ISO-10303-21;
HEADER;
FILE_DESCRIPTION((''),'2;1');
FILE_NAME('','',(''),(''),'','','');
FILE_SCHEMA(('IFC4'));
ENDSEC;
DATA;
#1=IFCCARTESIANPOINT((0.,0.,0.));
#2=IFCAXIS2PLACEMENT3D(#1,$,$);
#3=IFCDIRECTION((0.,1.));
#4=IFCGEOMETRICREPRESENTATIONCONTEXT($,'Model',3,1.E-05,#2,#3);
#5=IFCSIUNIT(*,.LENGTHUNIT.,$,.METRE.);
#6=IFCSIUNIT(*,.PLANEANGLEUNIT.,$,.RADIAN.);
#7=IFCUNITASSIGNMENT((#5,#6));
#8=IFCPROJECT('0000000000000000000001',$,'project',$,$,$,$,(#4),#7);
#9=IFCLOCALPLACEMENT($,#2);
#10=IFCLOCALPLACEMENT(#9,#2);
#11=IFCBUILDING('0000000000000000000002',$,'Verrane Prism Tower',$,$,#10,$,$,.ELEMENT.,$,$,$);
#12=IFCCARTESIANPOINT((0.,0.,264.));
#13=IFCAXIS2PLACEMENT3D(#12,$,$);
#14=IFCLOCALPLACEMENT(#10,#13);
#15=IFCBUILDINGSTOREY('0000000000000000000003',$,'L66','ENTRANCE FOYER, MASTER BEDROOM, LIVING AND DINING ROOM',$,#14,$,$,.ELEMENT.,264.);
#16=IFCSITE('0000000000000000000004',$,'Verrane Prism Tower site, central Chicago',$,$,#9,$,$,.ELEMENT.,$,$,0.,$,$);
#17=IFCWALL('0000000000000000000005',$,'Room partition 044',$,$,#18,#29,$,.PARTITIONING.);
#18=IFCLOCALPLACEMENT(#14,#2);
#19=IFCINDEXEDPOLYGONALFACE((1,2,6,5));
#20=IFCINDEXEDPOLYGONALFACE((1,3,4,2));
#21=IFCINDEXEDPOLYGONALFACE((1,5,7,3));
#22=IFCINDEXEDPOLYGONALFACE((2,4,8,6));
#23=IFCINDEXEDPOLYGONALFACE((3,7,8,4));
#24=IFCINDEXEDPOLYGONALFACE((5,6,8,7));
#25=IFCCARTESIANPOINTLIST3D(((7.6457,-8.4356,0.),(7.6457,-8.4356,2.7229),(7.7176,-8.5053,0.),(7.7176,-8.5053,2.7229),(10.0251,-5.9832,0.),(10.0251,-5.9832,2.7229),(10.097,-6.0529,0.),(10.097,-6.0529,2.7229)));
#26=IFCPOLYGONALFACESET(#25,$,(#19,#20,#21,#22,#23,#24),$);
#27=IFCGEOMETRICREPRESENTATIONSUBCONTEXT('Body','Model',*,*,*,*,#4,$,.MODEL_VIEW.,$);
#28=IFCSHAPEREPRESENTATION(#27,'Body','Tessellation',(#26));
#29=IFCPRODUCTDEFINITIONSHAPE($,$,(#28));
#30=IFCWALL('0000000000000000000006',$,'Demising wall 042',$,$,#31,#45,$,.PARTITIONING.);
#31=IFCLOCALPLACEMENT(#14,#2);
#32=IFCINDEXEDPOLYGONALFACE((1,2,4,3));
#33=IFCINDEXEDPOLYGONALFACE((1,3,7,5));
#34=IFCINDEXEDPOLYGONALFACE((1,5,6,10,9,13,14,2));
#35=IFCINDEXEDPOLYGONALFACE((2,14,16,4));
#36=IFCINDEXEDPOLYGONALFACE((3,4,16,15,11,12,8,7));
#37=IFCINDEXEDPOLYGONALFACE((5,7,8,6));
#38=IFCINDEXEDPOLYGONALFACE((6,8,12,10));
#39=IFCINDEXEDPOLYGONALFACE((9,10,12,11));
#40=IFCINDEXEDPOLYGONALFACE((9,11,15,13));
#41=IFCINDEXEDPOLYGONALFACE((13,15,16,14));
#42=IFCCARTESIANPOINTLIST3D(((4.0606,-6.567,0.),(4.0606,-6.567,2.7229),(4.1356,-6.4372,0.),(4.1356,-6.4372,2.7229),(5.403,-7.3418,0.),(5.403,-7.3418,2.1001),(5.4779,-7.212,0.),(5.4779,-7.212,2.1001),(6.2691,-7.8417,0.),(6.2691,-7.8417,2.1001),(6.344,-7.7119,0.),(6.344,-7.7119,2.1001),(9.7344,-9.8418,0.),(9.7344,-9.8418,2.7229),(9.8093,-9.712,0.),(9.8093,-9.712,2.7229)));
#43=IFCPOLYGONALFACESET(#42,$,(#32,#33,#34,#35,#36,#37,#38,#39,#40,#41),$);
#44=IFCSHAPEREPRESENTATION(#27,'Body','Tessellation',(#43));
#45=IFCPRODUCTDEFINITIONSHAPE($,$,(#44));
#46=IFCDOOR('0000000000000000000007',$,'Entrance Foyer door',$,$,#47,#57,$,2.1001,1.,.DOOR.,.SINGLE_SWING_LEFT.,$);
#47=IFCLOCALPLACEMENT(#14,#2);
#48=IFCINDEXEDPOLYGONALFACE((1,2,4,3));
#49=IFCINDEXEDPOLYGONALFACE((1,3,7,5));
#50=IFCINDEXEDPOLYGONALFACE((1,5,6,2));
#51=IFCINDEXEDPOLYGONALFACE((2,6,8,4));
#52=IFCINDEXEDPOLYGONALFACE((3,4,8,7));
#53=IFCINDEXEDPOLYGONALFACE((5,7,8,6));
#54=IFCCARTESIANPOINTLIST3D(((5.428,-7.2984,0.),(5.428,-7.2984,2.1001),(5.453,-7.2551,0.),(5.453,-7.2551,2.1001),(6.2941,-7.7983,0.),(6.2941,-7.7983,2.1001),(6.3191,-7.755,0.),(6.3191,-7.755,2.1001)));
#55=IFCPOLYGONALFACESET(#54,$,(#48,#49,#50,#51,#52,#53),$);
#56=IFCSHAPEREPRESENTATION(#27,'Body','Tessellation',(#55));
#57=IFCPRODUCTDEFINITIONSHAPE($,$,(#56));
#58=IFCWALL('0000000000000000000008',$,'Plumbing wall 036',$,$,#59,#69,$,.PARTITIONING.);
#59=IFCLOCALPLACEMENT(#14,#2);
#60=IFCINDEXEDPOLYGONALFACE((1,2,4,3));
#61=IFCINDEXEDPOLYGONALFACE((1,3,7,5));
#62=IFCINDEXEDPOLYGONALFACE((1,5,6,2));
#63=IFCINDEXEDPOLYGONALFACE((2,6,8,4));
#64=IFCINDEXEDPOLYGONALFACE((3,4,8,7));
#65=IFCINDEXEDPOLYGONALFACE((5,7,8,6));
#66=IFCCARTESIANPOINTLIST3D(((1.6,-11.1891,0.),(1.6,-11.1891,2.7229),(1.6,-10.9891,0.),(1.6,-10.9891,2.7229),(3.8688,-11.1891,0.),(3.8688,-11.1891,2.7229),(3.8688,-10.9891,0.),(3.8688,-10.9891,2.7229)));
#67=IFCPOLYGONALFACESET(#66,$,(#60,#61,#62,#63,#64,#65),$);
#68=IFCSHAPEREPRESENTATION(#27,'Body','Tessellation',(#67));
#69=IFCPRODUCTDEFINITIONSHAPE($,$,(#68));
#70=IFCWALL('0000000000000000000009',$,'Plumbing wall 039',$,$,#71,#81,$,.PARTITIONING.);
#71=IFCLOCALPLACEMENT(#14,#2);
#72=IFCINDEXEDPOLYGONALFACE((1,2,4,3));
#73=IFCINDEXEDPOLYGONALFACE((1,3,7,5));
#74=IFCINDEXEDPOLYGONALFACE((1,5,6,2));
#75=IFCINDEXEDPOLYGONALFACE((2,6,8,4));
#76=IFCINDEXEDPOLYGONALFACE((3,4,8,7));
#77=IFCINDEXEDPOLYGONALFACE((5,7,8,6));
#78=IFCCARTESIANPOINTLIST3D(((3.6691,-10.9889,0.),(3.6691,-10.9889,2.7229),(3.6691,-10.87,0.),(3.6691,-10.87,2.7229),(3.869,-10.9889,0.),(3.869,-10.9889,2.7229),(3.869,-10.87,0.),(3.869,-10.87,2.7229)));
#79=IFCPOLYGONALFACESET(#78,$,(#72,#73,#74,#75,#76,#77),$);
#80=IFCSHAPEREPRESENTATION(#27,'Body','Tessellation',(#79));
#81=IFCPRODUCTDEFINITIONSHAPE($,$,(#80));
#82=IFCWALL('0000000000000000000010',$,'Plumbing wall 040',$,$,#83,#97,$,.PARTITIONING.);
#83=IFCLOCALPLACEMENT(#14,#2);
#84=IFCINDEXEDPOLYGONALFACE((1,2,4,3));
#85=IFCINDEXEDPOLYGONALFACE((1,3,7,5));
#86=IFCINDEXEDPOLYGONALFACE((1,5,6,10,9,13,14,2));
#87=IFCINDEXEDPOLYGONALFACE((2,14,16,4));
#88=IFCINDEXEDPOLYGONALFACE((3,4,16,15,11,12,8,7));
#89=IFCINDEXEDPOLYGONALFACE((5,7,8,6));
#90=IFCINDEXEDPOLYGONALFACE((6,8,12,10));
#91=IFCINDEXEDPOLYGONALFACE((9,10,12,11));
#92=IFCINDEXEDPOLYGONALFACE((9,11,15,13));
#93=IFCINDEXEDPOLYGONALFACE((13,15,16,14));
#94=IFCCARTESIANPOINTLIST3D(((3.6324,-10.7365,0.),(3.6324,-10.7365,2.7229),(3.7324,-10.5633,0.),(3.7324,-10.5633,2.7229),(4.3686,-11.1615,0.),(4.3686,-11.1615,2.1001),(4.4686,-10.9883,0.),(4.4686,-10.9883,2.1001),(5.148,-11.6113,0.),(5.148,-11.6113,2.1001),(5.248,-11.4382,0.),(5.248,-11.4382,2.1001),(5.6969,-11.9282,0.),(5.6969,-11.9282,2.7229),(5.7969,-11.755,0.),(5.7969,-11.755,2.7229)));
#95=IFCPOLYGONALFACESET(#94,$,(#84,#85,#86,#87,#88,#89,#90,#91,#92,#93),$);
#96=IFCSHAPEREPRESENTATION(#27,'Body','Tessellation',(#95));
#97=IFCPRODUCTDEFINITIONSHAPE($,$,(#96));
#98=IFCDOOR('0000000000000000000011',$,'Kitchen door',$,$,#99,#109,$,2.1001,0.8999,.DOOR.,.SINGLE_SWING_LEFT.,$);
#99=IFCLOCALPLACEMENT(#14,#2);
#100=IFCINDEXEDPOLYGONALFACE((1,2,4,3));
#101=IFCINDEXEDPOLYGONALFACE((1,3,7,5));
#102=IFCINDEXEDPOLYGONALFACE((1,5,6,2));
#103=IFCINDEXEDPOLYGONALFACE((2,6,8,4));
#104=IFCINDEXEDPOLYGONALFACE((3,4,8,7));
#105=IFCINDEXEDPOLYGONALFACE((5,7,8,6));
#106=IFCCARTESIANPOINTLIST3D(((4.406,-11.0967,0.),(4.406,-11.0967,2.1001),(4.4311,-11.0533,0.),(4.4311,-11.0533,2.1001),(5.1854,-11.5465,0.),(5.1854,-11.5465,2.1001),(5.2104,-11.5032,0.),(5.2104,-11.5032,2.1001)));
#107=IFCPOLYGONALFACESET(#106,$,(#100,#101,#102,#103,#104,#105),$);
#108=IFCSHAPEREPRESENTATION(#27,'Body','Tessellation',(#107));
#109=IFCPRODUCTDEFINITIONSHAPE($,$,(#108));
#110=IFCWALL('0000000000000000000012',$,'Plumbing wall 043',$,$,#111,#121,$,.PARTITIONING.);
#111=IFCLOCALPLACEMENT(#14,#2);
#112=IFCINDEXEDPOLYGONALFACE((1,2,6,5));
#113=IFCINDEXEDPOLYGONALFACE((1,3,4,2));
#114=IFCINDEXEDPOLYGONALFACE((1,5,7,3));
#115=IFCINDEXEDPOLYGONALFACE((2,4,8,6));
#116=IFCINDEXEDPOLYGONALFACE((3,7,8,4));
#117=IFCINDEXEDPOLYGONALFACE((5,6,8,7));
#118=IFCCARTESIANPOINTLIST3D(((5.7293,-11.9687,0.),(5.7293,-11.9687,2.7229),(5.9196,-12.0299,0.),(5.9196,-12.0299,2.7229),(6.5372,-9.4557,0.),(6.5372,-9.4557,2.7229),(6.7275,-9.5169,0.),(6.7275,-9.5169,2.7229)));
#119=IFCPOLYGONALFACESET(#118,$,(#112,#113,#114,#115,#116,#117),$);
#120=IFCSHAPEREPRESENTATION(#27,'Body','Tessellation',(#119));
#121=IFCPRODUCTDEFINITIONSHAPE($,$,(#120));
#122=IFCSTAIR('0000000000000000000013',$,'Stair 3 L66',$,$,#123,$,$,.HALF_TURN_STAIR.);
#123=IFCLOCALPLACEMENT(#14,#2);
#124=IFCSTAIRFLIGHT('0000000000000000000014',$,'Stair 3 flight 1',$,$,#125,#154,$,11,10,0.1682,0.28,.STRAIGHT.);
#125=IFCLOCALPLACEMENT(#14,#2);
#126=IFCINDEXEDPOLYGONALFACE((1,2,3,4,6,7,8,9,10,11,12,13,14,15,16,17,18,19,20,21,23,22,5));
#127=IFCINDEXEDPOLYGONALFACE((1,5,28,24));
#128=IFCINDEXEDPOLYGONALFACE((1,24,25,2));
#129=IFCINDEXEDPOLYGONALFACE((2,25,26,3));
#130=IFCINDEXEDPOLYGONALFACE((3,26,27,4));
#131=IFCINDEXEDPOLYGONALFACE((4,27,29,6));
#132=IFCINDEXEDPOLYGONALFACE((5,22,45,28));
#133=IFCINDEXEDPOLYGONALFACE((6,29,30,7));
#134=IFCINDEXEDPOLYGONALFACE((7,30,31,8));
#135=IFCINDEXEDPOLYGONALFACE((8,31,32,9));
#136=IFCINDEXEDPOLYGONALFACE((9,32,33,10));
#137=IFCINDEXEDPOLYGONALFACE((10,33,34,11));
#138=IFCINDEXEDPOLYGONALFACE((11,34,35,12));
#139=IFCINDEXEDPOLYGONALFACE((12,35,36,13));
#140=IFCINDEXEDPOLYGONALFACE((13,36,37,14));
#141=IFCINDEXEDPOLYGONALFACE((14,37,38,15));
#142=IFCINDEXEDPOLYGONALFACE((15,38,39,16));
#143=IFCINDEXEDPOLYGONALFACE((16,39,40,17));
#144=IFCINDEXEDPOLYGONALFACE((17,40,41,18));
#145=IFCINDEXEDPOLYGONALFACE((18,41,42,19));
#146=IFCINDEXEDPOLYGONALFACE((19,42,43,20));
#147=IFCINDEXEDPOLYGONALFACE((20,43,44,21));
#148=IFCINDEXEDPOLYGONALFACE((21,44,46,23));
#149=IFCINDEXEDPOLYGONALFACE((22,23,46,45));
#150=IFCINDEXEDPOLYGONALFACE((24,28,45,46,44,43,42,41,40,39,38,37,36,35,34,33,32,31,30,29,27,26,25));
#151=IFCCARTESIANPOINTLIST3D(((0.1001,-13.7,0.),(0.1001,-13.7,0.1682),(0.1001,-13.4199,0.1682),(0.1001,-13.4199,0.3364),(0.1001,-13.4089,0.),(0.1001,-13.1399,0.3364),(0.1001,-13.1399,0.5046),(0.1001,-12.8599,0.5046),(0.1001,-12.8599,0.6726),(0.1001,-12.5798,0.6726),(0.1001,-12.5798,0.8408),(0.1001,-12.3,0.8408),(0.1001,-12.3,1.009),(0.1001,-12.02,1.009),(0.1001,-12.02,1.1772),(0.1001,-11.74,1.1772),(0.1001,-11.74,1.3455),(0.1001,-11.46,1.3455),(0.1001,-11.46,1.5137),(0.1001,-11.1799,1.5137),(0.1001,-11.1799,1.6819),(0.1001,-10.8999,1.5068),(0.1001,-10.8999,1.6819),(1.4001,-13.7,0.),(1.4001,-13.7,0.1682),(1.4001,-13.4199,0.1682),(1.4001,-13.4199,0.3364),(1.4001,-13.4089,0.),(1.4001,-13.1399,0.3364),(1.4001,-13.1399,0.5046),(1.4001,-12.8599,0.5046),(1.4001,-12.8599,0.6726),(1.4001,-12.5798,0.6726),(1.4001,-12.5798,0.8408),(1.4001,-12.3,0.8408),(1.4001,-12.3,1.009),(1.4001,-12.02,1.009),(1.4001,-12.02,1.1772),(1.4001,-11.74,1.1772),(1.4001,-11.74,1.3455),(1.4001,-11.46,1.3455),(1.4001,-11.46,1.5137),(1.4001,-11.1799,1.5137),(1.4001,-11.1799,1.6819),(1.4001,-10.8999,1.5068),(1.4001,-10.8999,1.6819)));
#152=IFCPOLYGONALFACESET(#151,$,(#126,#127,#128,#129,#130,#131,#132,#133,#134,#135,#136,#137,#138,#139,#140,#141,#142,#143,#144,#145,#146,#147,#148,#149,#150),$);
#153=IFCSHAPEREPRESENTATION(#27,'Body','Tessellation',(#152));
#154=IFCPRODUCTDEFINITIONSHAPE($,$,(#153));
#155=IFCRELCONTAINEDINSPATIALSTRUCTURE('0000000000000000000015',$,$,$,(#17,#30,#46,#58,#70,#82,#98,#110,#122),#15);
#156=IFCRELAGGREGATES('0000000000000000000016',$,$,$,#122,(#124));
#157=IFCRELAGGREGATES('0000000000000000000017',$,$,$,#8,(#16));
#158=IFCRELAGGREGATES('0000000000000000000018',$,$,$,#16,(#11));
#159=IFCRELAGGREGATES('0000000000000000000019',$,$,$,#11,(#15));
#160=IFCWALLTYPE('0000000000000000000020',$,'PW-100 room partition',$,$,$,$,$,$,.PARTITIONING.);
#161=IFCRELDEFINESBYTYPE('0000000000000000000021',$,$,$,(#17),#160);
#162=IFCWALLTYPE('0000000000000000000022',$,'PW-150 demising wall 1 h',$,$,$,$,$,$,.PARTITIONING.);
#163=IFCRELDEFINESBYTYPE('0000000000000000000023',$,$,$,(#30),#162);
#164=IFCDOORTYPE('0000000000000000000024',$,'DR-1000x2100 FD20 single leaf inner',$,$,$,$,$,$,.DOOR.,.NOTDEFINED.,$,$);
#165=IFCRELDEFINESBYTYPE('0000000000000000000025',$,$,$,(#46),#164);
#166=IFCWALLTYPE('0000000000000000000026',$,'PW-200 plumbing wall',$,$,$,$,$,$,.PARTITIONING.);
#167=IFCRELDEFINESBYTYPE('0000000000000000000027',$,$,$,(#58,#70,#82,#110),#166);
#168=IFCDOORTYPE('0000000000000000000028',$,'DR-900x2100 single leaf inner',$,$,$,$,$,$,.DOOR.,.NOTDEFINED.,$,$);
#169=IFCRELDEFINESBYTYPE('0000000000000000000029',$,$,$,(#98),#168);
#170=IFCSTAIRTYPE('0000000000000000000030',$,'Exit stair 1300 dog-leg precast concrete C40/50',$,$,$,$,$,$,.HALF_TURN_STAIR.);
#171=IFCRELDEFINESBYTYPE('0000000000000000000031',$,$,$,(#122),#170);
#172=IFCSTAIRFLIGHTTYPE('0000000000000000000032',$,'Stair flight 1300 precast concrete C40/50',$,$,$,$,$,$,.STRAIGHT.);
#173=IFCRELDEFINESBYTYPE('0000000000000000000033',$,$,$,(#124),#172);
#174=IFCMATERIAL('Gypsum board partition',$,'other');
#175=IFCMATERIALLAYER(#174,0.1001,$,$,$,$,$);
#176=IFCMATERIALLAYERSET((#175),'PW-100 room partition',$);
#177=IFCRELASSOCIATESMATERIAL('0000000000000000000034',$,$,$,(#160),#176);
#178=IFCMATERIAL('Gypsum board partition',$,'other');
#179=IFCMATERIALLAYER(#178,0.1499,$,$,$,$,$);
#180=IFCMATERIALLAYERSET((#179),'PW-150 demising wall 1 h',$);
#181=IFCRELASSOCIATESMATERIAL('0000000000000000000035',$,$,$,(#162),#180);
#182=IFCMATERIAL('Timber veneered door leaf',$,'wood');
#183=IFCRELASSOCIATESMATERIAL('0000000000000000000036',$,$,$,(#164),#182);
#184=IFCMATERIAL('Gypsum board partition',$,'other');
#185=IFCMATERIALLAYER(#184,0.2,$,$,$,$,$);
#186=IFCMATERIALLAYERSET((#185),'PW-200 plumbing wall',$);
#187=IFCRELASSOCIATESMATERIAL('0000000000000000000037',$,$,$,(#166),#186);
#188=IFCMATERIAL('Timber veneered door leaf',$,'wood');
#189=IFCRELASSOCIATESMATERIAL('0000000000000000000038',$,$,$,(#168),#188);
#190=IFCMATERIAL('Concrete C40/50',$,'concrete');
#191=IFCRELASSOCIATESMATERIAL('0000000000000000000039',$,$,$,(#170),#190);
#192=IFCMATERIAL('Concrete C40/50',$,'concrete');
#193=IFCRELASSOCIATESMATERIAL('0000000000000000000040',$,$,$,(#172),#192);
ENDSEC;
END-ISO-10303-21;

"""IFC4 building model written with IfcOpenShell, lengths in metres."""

from ifc_helpers import new_model, si_unit, direction, frame, frame_2d, origin, place, context, subcontext, project, spatial, polyline, rectangle, outline, extrude, material, layer, layer_set, type_object, element, fill, aggregate, save


model = new_model("IFC4")

# Units and contexts
model_context = context("Model", 3, precision=1e-05, world=origin(), true_north=direction((0.0, 1.0)))
body_context = subcontext(model_context, "Body", "Model", "MODEL_VIEW")
ifc_project = project(units=[si_unit("LENGTHUNIT", "METRE"), si_unit("PLANEANGLEUNIT", "RADIAN")], contexts=[model_context])

# Site, building, storey
site_placement = place(None, origin())
site = spatial("IfcSite", under=ifc_project, at=site_placement, Name="Verrane Prism Tower site, central Chicago", CompositionType="ELEMENT", RefElevation=0.0)
building_placement = place(site_placement, origin())
building = spatial("IfcBuilding", under=site, at=building_placement, Name="Verrane Prism Tower", CompositionType="ELEMENT")
storey_placement = place(building_placement, frame((0.0, 0.0, 264.0)))
storey = spatial("IfcBuildingStorey", under=building, at=storey_placement, Name="L66", Description="ENTRANCE FOYER, MASTER BEDROOM, LIVING AND DINING ROOM", CompositionType="ELEMENT", Elevation=264.0)

# Wall
ifc_material_1 = material(Name="Gypsum board partition", Category="other")
ifc_layer_1 = layer(ifc_material_1, 0.1001)
ifc_layer_set_1 = layer_set([ifc_layer_1], Name="PW-100 room partition")
wall_type_1 = type_object("IfcWallType", Name="PW-100 room partition", PredefinedType="PARTITIONING", material=ifc_layer_set_1)
wall_1_placement = place(storey_placement, frame((7.6816, -8.4705, 0.0), z_axis=(0.0, 0.0, 1.0), x_axis=(0.696344, 0.717708, 0.0)))
element("IfcWall", 1, at=wall_1_placement, inside=storey, type_object=wall_type_1, Name="Room partition 044", PredefinedType="PARTITIONING", context=body_context, shape_type="SweptSolid", body=[
    extrude(rectangle(XDim=3.417, YDim=0.1001, at=frame_2d((1.7085, 0.0))), origin(), (0.0, 0.0, 1.0), 2.7229),
])

# Wall, opening, door
ifc_material_2 = material(Name="Gypsum board partition", Category="other")
ifc_layer_2 = layer(ifc_material_2, 0.1499)
ifc_layer_set_2 = layer_set([ifc_layer_2], Name="PW-150 demising wall 1 h")
wall_type_2 = type_object("IfcWallType", Name="PW-150 demising wall 1 h", PredefinedType="PARTITIONING", material=ifc_layer_set_2)
wall_2_placement = place(storey_placement, frame((9.7717, -9.7769, 0.0), z_axis=(0.0, 0.0, 1.0), x_axis=(-0.866084, 0.499899, 0.0)))
wall_2 = element("IfcWall", 2, at=wall_2_placement, inside=storey, type_object=wall_type_2, Name="Demising wall 042", PredefinedType="PARTITIONING", context=body_context, shape_type="SweptSolid", body=[
    extrude(rectangle(XDim=6.551, YDim=0.1499, at=frame_2d((3.2754, 0.0))), origin(), (0.0, 0.0, 1.0), 2.7229),
])
opening_1_placement = place(wall_2_placement, frame((4.001, 0.0, 0.0)))
opening_1 = element("IfcOpeningElement", 3, at=opening_1_placement, cuts=wall_2, PredefinedType="OPENING", context=body_context, shape_type="SweptSolid", body=[
    extrude(rectangle(XDim=1.0, YDim=2.1001, at=frame_2d((0.5, 1.05))), frame((0.0, 0.085, 0.0), z_axis=(0.0, -1.0, 0.0), x_axis=(1.0, 0.0, 0.0)), (0.0, 0.0, 1.0), 0.1699),
])
ifc_material_3 = material(Name="Timber veneered door leaf", Category="wood")
door_type_1 = type_object("IfcDoorType", Name="DR-1000x2100 FD20 single leaf inner", OperationType="NOTDEFINED", PredefinedType="DOOR", material=ifc_material_3)
door_1_placement = place(opening_1_placement, origin())
door_1 = element("IfcDoor", 4, at=door_1_placement, inside=storey, type_object=door_type_1, Name="Entrance Foyer door", OperationType="SINGLE_SWING_LEFT", OverallHeight=2.1001, OverallWidth=1.0, PredefinedType="DOOR", context=body_context, shape_type="SweptSolid", body=[
    extrude(rectangle(XDim=1.0, YDim=2.1001, at=frame_2d((0.5, 1.05))), frame((0.0, 0.0249, 0.0), z_axis=(0.0, -1.0, 0.0), x_axis=(1.0, 0.0, 0.0)), (0.0, 0.0, 1.0), 0.05),
])
fill(opening_1, door_1)

# Walls
ifc_material_4 = material(Name="Gypsum board partition", Category="other")
ifc_layer_3 = layer(ifc_material_4, 0.2)
ifc_layer_set_3 = layer_set([ifc_layer_3], Name="PW-200 plumbing wall")
wall_type_3 = type_object("IfcWallType", Name="PW-200 plumbing wall", PredefinedType="PARTITIONING", material=ifc_layer_set_3)
wall_3_placement = place(storey_placement, frame((1.6001, -11.0891, 0.0), z_axis=(0.0, 0.0, 1.0), x_axis=(1.0, 0.0, 0.0)))
element("IfcWall", 5, at=wall_3_placement, inside=storey, type_object=wall_type_3, Name="Plumbing wall 036", PredefinedType="PARTITIONING", context=body_context, shape_type="SweptSolid", body=[
    extrude(rectangle(XDim=2.2688, YDim=0.2, at=frame_2d((1.1343, 0.0))), origin(), (0.0, 0.0, 1.0), 2.7229),
])
wall_4_placement = place(storey_placement, frame((3.769, -10.989, 0.0), z_axis=(0.0, 0.0, 1.0), x_axis=(0.0, 1.0, 0.0)))
element("IfcWall", 6, at=wall_4_placement, inside=storey, type_object=wall_type_3, Name="Plumbing wall 039", PredefinedType="PARTITIONING", context=body_context, shape_type="SweptSolid", body=[
    extrude(rectangle(XDim=0.1189, YDim=0.2, at=frame_2d((0.0596, 0.0))), origin(), (0.0, 0.0, 1.0), 2.7229),
])

# Wall, opening, door
wall_5_placement = place(storey_placement, frame((3.6824, -10.6499, 0.0), z_axis=(0.0, 0.0, 1.0), x_axis=(0.866073, -0.499918, 0.0)))
wall_5 = element("IfcWall", 7, at=wall_5_placement, inside=storey, type_object=wall_type_3, Name="Plumbing wall 040", PredefinedType="PARTITIONING", context=body_context, shape_type="SweptSolid", body=[
    extrude(rectangle(XDim=2.3838, YDim=0.2, at=frame_2d((1.1919, 0.0))), origin(), (0.0, 0.0, 1.0), 2.7229),
])
opening_2_placement = place(wall_5_placement, frame((0.8501, 0.0, 0.0)))
opening_2 = element("IfcOpeningElement", 8, at=opening_2_placement, cuts=wall_5, PredefinedType="OPENING", context=body_context, shape_type="SweptSolid", body=[
    extrude(rectangle(XDim=0.8999, YDim=2.1001, at=frame_2d((0.45, 1.05))), frame((0.0, 0.1099, 0.0), z_axis=(0.0, -1.0, 0.0), x_axis=(1.0, 0.0, 0.0)), (0.0, 0.0, 1.0), 0.22),
])
ifc_material_5 = material(Name="Timber veneered door leaf", Category="wood")
door_type_2 = type_object("IfcDoorType", Name="DR-900x2100 single leaf inner", OperationType="NOTDEFINED", PredefinedType="DOOR", material=ifc_material_5)
door_2_placement = place(opening_2_placement, origin())
door_2 = element("IfcDoor", 9, at=door_2_placement, inside=storey, type_object=door_type_2, Name="Kitchen door", OperationType="SINGLE_SWING_LEFT", OverallHeight=2.1001, OverallWidth=0.8999, PredefinedType="DOOR", context=body_context, shape_type="SweptSolid", body=[
    extrude(rectangle(XDim=0.8999, YDim=2.1001, at=frame_2d((0.45, 1.05))), frame((0.0, 0.0249, 0.0), z_axis=(0.0, -1.0, 0.0), x_axis=(1.0, 0.0, 0.0)), (0.0, 0.0, 1.0), 0.05),
])
fill(opening_2, door_2)

# Wall
wall_6_placement = place(storey_placement, frame((5.8245, -11.9993, 0.0), z_axis=(0.0, 0.0, 1.0), x_axis=(0.306054, 0.952014, 0.0)))
element("IfcWall", 10, at=wall_6_placement, inside=storey, type_object=wall_type_3, Name="Plumbing wall 043", PredefinedType="PARTITIONING", context=body_context, shape_type="SweptSolid", body=[
    extrude(rectangle(XDim=2.6396, YDim=0.2, at=frame_2d((1.3198, 0.0))), origin(), (0.0, 0.0, 1.0), 2.7229),
])

# Stair, stair flight
ifc_material_6 = material(Name="Concrete C40/50", Category="concrete")
stair_type = type_object("IfcStairType", Name="Exit stair 1300 dog-leg precast concrete C40/50", PredefinedType="HALF_TURN_STAIR", material=ifc_material_6)
stair_placement = place(storey_placement, origin())
stair = element("IfcStair", 11, at=stair_placement, inside=storey, type_object=stair_type, Name="Stair 3 L66", PredefinedType="HALF_TURN_STAIR")
ifc_material_7 = material(Name="Concrete C40/50", Category="concrete")
stair_flight_type = type_object("IfcStairFlightType", Name="Stair flight 1300 precast concrete C40/50", PredefinedType="STRAIGHT", material=ifc_material_7)
stair_flight_placement = place(storey_placement, frame((0.75, -13.7, 0.0), z_axis=(0.0, 0.0, 1.0), x_axis=(0.0, 1.0, 0.0)))
stair_flight = element("IfcStairFlight", 12, at=stair_flight_placement, type_object=stair_flight_type, Name="Stair 3 flight 1", NumberOfRisers=11, NumberOfTreads=10, PredefinedType="STRAIGHT", RiserHeight=0.1682, TreadLength=0.28, context=body_context, shape_type="SweptSolid", body=[
    extrude(outline(polyline([(0.0, 0.0), (0.0, 0.1682), (0.28, 0.1682), (0.28, 0.3364), (0.5601, 0.3364), (0.5601, 0.5046), (0.8401, 0.5046), (0.8401, 0.6726), (1.1201, 0.6726), (1.1201, 0.8408), (1.3999, 0.8408), (1.3999, 1.009), (1.6799, 1.009), (1.6799, 1.1772), (1.96, 1.1772), (1.96, 1.3455), (2.24, 1.3455), (2.24, 1.5137), (2.52, 1.5137), (2.52, 1.6819), (2.8, 1.6819), (2.8, 1.8501), (2.8, 1.5068), (0.291, 0.0), (0.0, 0.0)])), frame((0.0, 0.6499, 0.0), z_axis=(0.0, -1.0, 0.0), x_axis=(1.0, 0.0, 0.0)), (0.0, 0.0, 1.0), 1.3),
])
aggregate(stair, [stair_flight])

save(model, "model.ifc")
